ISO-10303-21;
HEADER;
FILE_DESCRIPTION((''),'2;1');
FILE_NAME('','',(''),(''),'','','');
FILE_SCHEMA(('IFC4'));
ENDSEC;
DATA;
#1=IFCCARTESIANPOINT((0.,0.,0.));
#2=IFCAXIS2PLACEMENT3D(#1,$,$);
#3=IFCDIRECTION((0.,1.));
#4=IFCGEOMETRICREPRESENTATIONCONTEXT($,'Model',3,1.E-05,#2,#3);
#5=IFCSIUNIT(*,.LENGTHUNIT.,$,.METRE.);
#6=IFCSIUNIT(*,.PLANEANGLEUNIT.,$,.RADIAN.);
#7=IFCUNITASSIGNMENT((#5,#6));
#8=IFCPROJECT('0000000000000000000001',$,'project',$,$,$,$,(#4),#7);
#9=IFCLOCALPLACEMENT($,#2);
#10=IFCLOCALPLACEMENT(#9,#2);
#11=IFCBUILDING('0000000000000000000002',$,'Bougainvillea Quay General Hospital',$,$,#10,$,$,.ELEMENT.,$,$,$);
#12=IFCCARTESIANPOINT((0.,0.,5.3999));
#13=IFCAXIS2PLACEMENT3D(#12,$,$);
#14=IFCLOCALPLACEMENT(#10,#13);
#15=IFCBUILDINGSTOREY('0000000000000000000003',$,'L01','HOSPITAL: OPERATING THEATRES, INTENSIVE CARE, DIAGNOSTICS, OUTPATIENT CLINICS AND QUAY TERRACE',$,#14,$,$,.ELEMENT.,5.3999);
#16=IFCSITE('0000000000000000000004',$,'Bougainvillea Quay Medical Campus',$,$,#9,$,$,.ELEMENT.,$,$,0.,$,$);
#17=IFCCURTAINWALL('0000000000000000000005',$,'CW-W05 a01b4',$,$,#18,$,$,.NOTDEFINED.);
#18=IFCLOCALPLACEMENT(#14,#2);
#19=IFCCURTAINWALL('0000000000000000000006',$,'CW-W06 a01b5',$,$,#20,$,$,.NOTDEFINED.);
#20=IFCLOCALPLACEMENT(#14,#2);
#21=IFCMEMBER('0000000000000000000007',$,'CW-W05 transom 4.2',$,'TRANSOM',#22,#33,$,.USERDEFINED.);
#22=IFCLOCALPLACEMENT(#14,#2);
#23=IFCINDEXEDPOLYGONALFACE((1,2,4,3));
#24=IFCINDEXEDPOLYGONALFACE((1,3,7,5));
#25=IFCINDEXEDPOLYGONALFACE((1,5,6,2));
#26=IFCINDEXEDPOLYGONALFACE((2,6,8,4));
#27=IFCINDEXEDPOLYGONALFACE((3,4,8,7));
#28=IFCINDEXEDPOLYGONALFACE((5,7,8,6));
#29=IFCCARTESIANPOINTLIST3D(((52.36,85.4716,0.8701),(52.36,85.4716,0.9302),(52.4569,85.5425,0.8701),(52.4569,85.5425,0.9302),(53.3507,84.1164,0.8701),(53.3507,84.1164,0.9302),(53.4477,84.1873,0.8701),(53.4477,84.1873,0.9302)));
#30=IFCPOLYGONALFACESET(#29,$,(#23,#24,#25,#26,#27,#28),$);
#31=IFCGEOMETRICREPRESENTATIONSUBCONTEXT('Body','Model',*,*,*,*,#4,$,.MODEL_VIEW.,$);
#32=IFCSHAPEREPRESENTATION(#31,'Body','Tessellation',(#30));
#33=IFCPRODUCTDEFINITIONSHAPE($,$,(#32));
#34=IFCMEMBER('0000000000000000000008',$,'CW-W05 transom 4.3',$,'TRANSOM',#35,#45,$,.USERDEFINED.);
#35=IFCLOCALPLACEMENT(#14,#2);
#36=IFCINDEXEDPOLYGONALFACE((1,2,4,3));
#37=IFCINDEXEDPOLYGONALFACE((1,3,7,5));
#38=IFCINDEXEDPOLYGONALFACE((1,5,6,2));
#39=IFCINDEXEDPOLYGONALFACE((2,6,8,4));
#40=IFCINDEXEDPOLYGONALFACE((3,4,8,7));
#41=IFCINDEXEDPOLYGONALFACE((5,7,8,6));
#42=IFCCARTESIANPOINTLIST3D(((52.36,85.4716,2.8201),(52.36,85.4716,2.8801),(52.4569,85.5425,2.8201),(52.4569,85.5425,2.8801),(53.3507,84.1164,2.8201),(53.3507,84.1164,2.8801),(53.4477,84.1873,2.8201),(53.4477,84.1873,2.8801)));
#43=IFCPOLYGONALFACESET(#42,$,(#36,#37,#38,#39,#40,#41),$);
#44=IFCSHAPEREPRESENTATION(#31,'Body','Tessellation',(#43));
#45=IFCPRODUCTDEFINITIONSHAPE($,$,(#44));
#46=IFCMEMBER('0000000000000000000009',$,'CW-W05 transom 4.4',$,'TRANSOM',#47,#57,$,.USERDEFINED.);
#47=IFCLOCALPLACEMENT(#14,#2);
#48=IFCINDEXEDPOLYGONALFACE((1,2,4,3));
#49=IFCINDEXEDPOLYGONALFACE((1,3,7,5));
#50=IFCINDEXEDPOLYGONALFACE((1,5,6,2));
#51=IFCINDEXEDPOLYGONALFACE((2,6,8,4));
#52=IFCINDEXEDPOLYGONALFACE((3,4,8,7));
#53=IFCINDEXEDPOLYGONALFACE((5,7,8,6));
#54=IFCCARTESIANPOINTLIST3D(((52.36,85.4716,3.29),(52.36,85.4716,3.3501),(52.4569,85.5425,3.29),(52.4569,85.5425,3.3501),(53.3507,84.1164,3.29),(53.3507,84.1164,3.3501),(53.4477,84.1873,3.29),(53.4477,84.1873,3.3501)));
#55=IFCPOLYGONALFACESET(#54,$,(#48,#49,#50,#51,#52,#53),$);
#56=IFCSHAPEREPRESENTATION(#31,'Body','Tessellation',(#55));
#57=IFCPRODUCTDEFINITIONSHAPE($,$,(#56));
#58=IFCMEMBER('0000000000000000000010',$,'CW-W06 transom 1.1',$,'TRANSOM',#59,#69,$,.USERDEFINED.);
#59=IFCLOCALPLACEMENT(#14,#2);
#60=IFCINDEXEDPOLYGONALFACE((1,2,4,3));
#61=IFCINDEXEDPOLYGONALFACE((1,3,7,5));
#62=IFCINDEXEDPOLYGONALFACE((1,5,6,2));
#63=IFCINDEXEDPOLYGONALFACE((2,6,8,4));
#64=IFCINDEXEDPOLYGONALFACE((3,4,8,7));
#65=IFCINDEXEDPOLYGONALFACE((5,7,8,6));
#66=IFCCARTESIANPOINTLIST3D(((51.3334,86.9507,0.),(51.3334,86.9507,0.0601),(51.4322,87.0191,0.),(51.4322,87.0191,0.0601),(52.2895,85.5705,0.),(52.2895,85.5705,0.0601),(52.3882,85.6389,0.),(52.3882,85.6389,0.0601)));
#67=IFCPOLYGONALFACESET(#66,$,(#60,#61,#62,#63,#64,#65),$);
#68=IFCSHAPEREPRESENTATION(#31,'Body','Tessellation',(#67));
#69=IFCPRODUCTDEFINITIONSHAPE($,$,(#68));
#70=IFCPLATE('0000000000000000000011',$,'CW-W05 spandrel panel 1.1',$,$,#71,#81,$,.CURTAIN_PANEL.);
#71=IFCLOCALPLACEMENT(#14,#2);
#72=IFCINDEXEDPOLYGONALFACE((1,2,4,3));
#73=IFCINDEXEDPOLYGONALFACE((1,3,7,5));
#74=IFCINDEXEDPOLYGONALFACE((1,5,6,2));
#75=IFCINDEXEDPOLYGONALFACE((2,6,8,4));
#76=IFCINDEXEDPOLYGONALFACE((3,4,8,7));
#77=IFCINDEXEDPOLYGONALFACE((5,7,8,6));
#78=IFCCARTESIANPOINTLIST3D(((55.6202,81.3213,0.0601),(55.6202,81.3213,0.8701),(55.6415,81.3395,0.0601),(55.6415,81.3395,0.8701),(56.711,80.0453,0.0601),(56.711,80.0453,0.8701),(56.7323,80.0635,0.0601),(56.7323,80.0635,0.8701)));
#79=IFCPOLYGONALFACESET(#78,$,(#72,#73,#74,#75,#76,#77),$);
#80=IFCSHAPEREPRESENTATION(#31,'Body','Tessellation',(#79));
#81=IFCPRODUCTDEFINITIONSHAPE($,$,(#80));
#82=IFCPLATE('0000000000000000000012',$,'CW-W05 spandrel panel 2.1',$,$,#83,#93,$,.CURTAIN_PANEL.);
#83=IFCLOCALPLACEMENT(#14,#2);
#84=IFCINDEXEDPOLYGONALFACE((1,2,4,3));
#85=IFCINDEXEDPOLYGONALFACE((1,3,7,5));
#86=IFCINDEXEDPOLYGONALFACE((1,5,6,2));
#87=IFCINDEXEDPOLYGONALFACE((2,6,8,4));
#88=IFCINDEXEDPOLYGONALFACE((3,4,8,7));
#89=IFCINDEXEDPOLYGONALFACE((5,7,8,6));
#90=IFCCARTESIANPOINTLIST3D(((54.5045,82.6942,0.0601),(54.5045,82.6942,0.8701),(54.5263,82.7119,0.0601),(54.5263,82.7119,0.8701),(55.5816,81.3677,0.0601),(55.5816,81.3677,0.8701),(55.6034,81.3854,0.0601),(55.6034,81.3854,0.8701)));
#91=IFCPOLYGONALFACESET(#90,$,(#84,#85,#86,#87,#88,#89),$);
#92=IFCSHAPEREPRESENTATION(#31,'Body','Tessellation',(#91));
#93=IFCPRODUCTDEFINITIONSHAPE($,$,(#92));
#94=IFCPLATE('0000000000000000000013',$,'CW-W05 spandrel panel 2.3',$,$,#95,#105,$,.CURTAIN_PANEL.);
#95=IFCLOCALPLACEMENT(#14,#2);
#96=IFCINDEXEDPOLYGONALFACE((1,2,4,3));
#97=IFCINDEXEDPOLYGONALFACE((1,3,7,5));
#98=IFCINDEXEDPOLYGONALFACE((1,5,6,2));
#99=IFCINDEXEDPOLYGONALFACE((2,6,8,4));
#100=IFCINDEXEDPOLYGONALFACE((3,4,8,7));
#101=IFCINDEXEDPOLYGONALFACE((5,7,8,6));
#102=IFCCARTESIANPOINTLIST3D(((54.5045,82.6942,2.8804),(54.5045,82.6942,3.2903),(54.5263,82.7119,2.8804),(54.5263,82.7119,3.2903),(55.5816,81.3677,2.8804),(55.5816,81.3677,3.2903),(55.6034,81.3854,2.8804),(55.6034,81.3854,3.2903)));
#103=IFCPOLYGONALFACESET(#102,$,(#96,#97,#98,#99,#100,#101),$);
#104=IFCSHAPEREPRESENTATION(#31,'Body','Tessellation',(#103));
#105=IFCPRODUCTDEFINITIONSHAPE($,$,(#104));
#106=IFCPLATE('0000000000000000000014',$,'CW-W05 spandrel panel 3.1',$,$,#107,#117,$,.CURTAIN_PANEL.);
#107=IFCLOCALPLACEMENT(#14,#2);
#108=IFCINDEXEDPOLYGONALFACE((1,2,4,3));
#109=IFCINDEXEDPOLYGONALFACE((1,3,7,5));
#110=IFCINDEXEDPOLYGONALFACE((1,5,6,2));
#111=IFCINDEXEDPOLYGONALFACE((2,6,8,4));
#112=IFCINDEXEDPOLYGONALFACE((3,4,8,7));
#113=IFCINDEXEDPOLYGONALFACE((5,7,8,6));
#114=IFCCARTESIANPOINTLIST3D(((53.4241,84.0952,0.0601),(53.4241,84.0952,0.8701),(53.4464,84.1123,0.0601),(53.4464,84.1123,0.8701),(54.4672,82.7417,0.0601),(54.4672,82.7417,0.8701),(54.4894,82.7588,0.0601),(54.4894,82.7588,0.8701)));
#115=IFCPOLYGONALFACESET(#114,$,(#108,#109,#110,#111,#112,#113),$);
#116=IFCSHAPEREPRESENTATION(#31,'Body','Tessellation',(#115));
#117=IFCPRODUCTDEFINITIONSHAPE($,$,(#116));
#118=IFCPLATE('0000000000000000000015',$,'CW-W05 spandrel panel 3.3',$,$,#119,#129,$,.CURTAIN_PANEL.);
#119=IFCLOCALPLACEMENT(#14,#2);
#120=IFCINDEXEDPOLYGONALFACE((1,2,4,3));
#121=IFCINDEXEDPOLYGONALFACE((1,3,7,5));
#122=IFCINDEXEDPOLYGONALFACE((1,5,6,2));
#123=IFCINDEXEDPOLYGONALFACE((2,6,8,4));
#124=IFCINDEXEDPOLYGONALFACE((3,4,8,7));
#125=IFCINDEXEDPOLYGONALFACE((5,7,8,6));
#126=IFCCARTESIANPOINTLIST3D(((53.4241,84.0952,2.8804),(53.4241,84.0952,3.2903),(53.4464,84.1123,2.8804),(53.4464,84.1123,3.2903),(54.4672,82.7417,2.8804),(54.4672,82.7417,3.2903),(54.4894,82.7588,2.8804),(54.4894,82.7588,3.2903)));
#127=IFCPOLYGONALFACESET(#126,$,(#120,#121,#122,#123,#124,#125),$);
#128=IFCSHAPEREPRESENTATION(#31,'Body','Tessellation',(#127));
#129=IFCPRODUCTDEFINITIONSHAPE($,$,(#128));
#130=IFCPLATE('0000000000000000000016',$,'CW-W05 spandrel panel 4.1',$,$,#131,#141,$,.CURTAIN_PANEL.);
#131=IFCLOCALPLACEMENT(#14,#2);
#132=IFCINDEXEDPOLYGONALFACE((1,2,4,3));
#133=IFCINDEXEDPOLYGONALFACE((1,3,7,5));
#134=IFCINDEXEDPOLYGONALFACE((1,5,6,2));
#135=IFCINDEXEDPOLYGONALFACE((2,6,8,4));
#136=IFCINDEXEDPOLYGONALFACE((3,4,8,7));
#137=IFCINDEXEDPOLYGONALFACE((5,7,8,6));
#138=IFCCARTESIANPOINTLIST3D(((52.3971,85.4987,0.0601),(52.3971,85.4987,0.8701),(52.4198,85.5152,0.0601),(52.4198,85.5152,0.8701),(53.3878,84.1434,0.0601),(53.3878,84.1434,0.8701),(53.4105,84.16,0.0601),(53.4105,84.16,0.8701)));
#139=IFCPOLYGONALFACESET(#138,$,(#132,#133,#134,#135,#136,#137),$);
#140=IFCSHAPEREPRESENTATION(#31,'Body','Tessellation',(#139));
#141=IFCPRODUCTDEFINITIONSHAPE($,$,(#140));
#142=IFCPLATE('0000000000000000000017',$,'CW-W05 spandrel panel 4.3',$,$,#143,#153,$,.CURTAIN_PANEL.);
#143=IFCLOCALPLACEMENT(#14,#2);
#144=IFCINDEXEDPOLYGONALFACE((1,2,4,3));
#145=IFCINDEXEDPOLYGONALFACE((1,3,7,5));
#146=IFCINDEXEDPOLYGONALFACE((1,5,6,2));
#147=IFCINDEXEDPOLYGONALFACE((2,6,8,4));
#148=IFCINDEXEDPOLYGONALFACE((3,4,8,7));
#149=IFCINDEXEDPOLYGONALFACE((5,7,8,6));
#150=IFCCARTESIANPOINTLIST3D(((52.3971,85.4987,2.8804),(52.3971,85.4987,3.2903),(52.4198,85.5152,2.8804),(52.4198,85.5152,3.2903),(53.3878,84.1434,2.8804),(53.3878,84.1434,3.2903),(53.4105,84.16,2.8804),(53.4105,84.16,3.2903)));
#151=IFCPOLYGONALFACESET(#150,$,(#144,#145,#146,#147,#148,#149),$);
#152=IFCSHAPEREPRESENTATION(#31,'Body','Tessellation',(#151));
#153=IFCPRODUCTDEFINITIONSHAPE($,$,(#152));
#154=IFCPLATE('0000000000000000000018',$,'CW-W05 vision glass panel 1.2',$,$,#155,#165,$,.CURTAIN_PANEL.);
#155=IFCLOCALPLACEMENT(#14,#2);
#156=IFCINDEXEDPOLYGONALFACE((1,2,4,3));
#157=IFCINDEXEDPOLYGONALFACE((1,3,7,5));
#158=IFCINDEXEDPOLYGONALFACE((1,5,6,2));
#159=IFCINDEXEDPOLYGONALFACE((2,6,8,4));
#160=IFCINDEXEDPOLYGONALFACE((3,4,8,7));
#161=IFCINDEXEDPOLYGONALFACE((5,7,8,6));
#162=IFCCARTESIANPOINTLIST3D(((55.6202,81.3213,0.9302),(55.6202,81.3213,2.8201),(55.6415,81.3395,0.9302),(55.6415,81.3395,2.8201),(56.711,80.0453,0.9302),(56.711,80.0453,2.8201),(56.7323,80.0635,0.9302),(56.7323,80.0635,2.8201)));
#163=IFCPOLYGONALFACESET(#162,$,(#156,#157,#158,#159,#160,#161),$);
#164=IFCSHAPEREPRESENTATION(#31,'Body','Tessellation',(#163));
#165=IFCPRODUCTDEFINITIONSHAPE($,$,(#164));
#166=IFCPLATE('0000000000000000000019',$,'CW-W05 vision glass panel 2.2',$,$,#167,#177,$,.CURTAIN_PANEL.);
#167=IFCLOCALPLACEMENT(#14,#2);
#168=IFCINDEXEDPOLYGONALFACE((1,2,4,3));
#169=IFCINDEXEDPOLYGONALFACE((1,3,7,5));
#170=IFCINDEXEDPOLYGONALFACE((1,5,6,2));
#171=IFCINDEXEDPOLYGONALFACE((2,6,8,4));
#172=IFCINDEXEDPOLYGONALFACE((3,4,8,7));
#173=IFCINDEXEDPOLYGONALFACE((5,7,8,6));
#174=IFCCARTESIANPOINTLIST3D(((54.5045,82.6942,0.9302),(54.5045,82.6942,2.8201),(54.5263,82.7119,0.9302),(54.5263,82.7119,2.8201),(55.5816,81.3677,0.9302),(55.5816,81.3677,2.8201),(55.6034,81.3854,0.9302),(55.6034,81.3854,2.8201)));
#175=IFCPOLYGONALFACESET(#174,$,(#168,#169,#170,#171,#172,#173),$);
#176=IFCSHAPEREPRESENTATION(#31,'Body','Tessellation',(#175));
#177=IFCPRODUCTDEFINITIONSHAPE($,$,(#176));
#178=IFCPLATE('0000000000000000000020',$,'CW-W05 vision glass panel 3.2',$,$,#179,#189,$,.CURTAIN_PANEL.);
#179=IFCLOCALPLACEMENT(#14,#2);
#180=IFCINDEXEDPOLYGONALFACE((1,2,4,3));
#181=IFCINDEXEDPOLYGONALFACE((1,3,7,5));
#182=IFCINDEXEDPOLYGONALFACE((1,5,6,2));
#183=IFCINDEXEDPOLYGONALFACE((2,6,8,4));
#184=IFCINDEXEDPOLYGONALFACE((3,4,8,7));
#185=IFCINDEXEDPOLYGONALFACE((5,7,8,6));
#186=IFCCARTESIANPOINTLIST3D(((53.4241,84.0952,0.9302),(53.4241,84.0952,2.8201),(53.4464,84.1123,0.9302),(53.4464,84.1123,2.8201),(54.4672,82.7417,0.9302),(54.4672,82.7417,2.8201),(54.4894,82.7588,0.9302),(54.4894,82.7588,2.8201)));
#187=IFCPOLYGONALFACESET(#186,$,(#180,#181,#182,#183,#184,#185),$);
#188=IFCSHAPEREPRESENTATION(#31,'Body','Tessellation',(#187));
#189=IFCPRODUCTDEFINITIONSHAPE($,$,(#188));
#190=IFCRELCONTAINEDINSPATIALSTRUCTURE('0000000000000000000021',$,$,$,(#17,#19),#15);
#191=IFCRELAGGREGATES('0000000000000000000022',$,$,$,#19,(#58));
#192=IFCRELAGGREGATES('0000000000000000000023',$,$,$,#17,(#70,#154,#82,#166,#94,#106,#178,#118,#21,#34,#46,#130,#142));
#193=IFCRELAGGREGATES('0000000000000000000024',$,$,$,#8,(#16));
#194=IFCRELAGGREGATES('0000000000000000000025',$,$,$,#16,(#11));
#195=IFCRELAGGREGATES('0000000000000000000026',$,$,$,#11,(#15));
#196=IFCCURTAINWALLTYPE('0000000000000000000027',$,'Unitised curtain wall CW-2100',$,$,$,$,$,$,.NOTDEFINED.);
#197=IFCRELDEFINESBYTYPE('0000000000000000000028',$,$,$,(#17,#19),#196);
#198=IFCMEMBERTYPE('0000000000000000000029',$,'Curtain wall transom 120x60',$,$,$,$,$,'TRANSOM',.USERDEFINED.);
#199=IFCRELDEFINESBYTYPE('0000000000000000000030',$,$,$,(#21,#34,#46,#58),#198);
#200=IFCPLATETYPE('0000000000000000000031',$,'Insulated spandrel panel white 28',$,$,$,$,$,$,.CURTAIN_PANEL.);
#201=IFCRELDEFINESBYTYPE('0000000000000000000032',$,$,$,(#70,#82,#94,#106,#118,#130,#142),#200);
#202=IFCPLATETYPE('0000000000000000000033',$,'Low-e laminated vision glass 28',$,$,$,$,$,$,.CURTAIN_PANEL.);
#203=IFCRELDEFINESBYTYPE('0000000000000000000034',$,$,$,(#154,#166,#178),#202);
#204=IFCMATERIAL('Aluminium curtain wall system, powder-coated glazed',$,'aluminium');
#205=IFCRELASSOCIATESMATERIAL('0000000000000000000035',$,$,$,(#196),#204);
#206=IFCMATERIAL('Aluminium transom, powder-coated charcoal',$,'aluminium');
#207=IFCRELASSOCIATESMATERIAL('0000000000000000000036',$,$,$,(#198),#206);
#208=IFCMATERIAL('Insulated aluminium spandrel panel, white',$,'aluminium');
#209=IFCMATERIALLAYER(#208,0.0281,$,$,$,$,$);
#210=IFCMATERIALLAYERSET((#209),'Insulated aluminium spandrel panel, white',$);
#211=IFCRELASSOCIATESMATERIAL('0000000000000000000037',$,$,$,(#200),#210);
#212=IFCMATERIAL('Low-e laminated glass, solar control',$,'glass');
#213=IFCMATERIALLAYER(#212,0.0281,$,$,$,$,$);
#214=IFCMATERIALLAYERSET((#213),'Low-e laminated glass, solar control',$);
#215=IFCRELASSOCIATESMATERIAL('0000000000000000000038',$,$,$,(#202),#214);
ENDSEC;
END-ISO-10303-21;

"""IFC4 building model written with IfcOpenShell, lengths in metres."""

from ifc_helpers import new_model, si_unit, direction, frame, origin, origin_2d, place, context, subcontext, project, spatial, rectangle, extrude, material, layer, layer_set, material_profile, profile_set, type_object, element, aggregate, save


model = new_model("IFC4")

# Units and contexts
model_context = context("Model", 3, precision=1e-05, world=origin(), true_north=direction((0.0, 1.0)))
body_context = subcontext(model_context, "Body", "Model", "MODEL_VIEW")
ifc_project = project(units=[si_unit("LENGTHUNIT", "METRE"), si_unit("PLANEANGLEUNIT", "RADIAN")], contexts=[model_context])

# Site, building, storey
site_placement = place(None, origin())
site = spatial("IfcSite", under=ifc_project, at=site_placement, Name="Bougainvillea Quay Medical Campus", CompositionType="ELEMENT", RefElevation=0.0)
building_placement = place(site_placement, origin())
building = spatial("IfcBuilding", under=site, at=building_placement, Name="Bougainvillea Quay General Hospital", CompositionType="ELEMENT")
storey_placement = place(building_placement, frame((0.0, 0.0, 5.3999)))
storey = spatial("IfcBuildingStorey", under=building, at=storey_placement, Name="L01", Description="HOSPITAL: OPERATING THEATRES, INTENSIVE CARE, DIAGNOSTICS, OUTPATIENT CLINICS AND QUAY TERRACE", CompositionType="ELEMENT", Elevation=5.3999)

# Curtain wall
ifc_material_1 = material(Name="Aluminium curtain wall system, powder-coated glazed", Category="aluminium")
curtain_wall_type = type_object("IfcCurtainWallType", Name="Unitised curtain wall CW-2100", PredefinedType="NOTDEFINED", material=ifc_material_1)
curtain_wall_1_placement = place(storey_placement, origin())
curtain_wall_1 = element("IfcCurtainWall", 1, at=curtain_wall_1_placement, inside=storey, type_object=curtain_wall_type, Name="CW-W05 a01b4", PredefinedType="NOTDEFINED")

# Curtain wall
curtain_wall_2_placement = place(storey_placement, origin())
curtain_wall_2 = element("IfcCurtainWall", 2, at=curtain_wall_2_placement, inside=storey, type_object=curtain_wall_type, Name="CW-W06 a01b5", PredefinedType="NOTDEFINED")

# Members
ifc_material_2 = material(Name="Aluminium transom, powder-coated charcoal", Category="aluminium")
ifc_material_profile_1 = material_profile(ifc_material_2, rectangle(XDim=0.1201, YDim=0.0601, at=origin_2d()))
ifc_profile_set_1 = profile_set([ifc_material_profile_1], Name="Aluminium transom, powder-coated charcoal")
member_type_1 = type_object("IfcMemberType", Name="Curtain wall transom 120x60", ElementType="TRANSOM", PredefinedType="USERDEFINED", material=ifc_profile_set_1)
member_1_placement = place(storey_placement, frame((53.3992, 84.1519, 0.9001), z_axis=(-0.590159, 0.807287, 0.0), x_axis=(-0.807287, -0.590159, 0.0)))
member_1 = element("IfcMember", 3, at=member_1_placement, type_object=member_type_1, Name="CW-W05 transom 4.2", ObjectType="TRANSOM", PredefinedType="USERDEFINED", context=body_context, shape_type="SweptSolid", body=[
    extrude(rectangle(XDim=0.1201, YDim=0.0601, at=origin_2d()), origin(), (0.0, 0.0, 1.0), 1.6787),
])
member_2_placement = place(storey_placement, frame((53.3992, 84.1519, 2.8501), z_axis=(-0.590159, 0.807287, 0.0), x_axis=(-0.807287, -0.590159, 0.0)))
member_2 = element("IfcMember", 4, at=member_2_placement, type_object=member_type_1, Name="CW-W05 transom 4.3", ObjectType="TRANSOM", PredefinedType="USERDEFINED", context=body_context, shape_type="SweptSolid", body=[
    extrude(rectangle(XDim=0.1201, YDim=0.0601, at=origin_2d()), origin(), (0.0, 0.0, 1.0), 1.6787),
])
member_3_placement = place(storey_placement, frame((53.3992, 84.1519, 3.3201), z_axis=(-0.590159, 0.807287, 0.0), x_axis=(-0.807287, -0.590159, 0.0)))
member_3 = element("IfcMember", 5, at=member_3_placement, type_object=member_type_1, Name="CW-W05 transom 4.4", ObjectType="TRANSOM", PredefinedType="USERDEFINED", context=body_context, shape_type="SweptSolid", body=[
    extrude(rectangle(XDim=0.1201, YDim=0.0601, at=origin_2d()), origin(), (0.0, 0.0, 1.0), 1.6787),
])
member_4_placement = place(storey_placement, frame((52.3389, 85.6047, 0.03), z_axis=(-0.569444, 0.82203, 0.0), x_axis=(-0.82203, -0.569444, 0.0)))
member_4 = element("IfcMember", 6, at=member_4_placement, type_object=member_type_1, Name="CW-W06 transom 1.1", ObjectType="TRANSOM", PredefinedType="USERDEFINED", context=body_context, shape_type="SweptSolid", body=[
    extrude(rectangle(XDim=0.1201, YDim=0.0601, at=origin_2d()), origin(), (0.0, 0.0, 1.0), 1.679),
])
aggregate(curtain_wall_2, [member_4])

# Plates
ifc_material_3 = material(Name="Insulated aluminium spandrel panel, white", Category="aluminium")
ifc_layer_1 = layer(ifc_material_3, 0.0281)
ifc_layer_set_1 = layer_set([ifc_layer_1], Name="Insulated aluminium spandrel panel, white")
plate_type_1 = type_object("IfcPlateType", Name="Insulated spandrel panel white 28", PredefinedType="CURTAIN_PANEL", material=ifc_layer_set_1)
plate_1_placement = place(storey_placement, frame((56.1763, 80.6924, 0.0601), z_axis=(0.0, 0.0, 1.0), x_axis=(-0.649786, 0.760117, 0.0)))
plate_1 = element("IfcPlate", 7, at=plate_1_placement, type_object=plate_type_1, Name="CW-W05 spandrel panel 1.1", PredefinedType="CURTAIN_PANEL", context=body_context, shape_type="SweptSolid", body=[
    extrude(rectangle(XDim=1.6787, YDim=0.0281, at=origin_2d()), origin(), (0.0, 0.0, 1.0), 0.8101),
])
plate_2_placement = place(storey_placement, frame((55.054, 82.0398, 0.0601), z_axis=(0.0, 0.0, 1.0), x_axis=(-0.630303, 0.776349, 0.0)))
plate_2 = element("IfcPlate", 8, at=plate_2_placement, type_object=plate_type_1, Name="CW-W05 spandrel panel 2.1", PredefinedType="CURTAIN_PANEL", context=body_context, shape_type="SweptSolid", body=[
    extrude(rectangle(XDim=1.7087, YDim=0.0281, at=origin_2d()), origin(), (0.0, 0.0, 1.0), 0.8101),
])
plate_3_placement = place(storey_placement, frame((55.054, 82.0398, 2.8804), z_axis=(0.0, 0.0, 1.0), x_axis=(-0.630303, 0.776349, 0.0)))
plate_3 = element("IfcPlate", 9, at=plate_3_placement, type_object=plate_type_1, Name="CW-W05 spandrel panel 2.3", PredefinedType="CURTAIN_PANEL", context=body_context, shape_type="SweptSolid", body=[
    extrude(rectangle(XDim=1.7087, YDim=0.0281, at=origin_2d()), origin(), (0.0, 0.0, 1.0), 0.4099),
])
plate_4_placement = place(storey_placement, frame((53.9568, 83.427, 0.0601), z_axis=(0.0, 0.0, 1.0), x_axis=(-0.610415, 0.792082, 0.0)))
plate_4 = element("IfcPlate", 10, at=plate_4_placement, type_object=plate_type_1, Name="CW-W05 spandrel panel 3.1", PredefinedType="CURTAIN_PANEL", context=body_context, shape_type="SweptSolid", body=[
    extrude(rectangle(XDim=1.7087, YDim=0.0281, at=origin_2d()), origin(), (0.0, 0.0, 1.0), 0.8101),
])
plate_5_placement = place(storey_placement, frame((53.9568, 83.427, 2.8804), z_axis=(0.0, 0.0, 1.0), x_axis=(-0.610415, 0.792082, 0.0)))
plate_5 = element("IfcPlate", 11, at=plate_5_placement, type_object=plate_type_1, Name="CW-W05 spandrel panel 3.3", PredefinedType="CURTAIN_PANEL", context=body_context, shape_type="SweptSolid", body=[
    extrude(rectangle(XDim=1.7087, YDim=0.0281, at=origin_2d()), origin(), (0.0, 0.0, 1.0), 0.4099),
])
plate_6_placement = place(storey_placement, frame((52.9038, 84.8293, 0.0601), z_axis=(0.0, 0.0, 1.0), x_axis=(-0.590134, 0.807305, 0.0)))
plate_6 = element("IfcPlate", 12, at=plate_6_placement, type_object=plate_type_1, Name="CW-W05 spandrel panel 4.1", PredefinedType="CURTAIN_PANEL", context=body_context, shape_type="SweptSolid", body=[
    extrude(rectangle(XDim=1.6787, YDim=0.0281, at=origin_2d()), origin(), (0.0, 0.0, 1.0), 0.8101),
])
plate_7_placement = place(storey_placement, frame((52.9038, 84.8293, 2.8804), z_axis=(0.0, 0.0, 1.0), x_axis=(-0.590134, 0.807305, 0.0)))
plate_7 = element("IfcPlate", 13, at=plate_7_placement, type_object=plate_type_1, Name="CW-W05 spandrel panel 4.3", PredefinedType="CURTAIN_PANEL", context=body_context, shape_type="SweptSolid", body=[
    extrude(rectangle(XDim=1.6787, YDim=0.0281, at=origin_2d()), origin(), (0.0, 0.0, 1.0), 0.4099),
])
ifc_material_4 = material(Name="Low-e laminated glass, solar control", Category="glass")
ifc_layer_2 = layer(ifc_material_4, 0.0281)
ifc_layer_set_2 = layer_set([ifc_layer_2], Name="Low-e laminated glass, solar control")
plate_type_2 = type_object("IfcPlateType", Name="Low-e laminated vision glass 28", PredefinedType="CURTAIN_PANEL", material=ifc_layer_set_2)
plate_8_placement = place(storey_placement, frame((56.1763, 80.6924, 0.9302), z_axis=(0.0, 0.0, 1.0), x_axis=(-0.649786, 0.760117, 0.0)))
plate_8 = element("IfcPlate", 14, at=plate_8_placement, type_object=plate_type_2, Name="CW-W05 vision glass panel 1.2", PredefinedType="CURTAIN_PANEL", context=body_context, shape_type="SweptSolid", body=[
    extrude(rectangle(XDim=1.6787, YDim=0.0281, at=origin_2d()), origin(), (0.0, 0.0, 1.0), 1.8899),
])
plate_9_placement = place(storey_placement, frame((55.054, 82.0398, 0.9302), z_axis=(0.0, 0.0, 1.0), x_axis=(-0.630303, 0.776349, 0.0)))
plate_9 = element("IfcPlate", 15, at=plate_9_placement, type_object=plate_type_2, Name="CW-W05 vision glass panel 2.2", PredefinedType="CURTAIN_PANEL", context=body_context, shape_type="SweptSolid", body=[
    extrude(rectangle(XDim=1.7087, YDim=0.0281, at=origin_2d()), origin(), (0.0, 0.0, 1.0), 1.8899),
])
plate_10_placement = place(storey_placement, frame((53.9568, 83.427, 0.9302), z_axis=(0.0, 0.0, 1.0), x_axis=(-0.610415, 0.792082, 0.0)))
plate_10 = element("IfcPlate", 16, at=plate_10_placement, type_object=plate_type_2, Name="CW-W05 vision glass panel 3.2", PredefinedType="CURTAIN_PANEL", context=body_context, shape_type="SweptSolid", body=[
    extrude(rectangle(XDim=1.7087, YDim=0.0281, at=origin_2d()), origin(), (0.0, 0.0, 1.0), 1.8899),
])
aggregate(curtain_wall_1, [plate_1, plate_8, plate_2, plate_9, plate_3, plate_4, plate_10, plate_5, member_1, member_2, member_3, plate_6, plate_7])

save(model, "model.ifc")
